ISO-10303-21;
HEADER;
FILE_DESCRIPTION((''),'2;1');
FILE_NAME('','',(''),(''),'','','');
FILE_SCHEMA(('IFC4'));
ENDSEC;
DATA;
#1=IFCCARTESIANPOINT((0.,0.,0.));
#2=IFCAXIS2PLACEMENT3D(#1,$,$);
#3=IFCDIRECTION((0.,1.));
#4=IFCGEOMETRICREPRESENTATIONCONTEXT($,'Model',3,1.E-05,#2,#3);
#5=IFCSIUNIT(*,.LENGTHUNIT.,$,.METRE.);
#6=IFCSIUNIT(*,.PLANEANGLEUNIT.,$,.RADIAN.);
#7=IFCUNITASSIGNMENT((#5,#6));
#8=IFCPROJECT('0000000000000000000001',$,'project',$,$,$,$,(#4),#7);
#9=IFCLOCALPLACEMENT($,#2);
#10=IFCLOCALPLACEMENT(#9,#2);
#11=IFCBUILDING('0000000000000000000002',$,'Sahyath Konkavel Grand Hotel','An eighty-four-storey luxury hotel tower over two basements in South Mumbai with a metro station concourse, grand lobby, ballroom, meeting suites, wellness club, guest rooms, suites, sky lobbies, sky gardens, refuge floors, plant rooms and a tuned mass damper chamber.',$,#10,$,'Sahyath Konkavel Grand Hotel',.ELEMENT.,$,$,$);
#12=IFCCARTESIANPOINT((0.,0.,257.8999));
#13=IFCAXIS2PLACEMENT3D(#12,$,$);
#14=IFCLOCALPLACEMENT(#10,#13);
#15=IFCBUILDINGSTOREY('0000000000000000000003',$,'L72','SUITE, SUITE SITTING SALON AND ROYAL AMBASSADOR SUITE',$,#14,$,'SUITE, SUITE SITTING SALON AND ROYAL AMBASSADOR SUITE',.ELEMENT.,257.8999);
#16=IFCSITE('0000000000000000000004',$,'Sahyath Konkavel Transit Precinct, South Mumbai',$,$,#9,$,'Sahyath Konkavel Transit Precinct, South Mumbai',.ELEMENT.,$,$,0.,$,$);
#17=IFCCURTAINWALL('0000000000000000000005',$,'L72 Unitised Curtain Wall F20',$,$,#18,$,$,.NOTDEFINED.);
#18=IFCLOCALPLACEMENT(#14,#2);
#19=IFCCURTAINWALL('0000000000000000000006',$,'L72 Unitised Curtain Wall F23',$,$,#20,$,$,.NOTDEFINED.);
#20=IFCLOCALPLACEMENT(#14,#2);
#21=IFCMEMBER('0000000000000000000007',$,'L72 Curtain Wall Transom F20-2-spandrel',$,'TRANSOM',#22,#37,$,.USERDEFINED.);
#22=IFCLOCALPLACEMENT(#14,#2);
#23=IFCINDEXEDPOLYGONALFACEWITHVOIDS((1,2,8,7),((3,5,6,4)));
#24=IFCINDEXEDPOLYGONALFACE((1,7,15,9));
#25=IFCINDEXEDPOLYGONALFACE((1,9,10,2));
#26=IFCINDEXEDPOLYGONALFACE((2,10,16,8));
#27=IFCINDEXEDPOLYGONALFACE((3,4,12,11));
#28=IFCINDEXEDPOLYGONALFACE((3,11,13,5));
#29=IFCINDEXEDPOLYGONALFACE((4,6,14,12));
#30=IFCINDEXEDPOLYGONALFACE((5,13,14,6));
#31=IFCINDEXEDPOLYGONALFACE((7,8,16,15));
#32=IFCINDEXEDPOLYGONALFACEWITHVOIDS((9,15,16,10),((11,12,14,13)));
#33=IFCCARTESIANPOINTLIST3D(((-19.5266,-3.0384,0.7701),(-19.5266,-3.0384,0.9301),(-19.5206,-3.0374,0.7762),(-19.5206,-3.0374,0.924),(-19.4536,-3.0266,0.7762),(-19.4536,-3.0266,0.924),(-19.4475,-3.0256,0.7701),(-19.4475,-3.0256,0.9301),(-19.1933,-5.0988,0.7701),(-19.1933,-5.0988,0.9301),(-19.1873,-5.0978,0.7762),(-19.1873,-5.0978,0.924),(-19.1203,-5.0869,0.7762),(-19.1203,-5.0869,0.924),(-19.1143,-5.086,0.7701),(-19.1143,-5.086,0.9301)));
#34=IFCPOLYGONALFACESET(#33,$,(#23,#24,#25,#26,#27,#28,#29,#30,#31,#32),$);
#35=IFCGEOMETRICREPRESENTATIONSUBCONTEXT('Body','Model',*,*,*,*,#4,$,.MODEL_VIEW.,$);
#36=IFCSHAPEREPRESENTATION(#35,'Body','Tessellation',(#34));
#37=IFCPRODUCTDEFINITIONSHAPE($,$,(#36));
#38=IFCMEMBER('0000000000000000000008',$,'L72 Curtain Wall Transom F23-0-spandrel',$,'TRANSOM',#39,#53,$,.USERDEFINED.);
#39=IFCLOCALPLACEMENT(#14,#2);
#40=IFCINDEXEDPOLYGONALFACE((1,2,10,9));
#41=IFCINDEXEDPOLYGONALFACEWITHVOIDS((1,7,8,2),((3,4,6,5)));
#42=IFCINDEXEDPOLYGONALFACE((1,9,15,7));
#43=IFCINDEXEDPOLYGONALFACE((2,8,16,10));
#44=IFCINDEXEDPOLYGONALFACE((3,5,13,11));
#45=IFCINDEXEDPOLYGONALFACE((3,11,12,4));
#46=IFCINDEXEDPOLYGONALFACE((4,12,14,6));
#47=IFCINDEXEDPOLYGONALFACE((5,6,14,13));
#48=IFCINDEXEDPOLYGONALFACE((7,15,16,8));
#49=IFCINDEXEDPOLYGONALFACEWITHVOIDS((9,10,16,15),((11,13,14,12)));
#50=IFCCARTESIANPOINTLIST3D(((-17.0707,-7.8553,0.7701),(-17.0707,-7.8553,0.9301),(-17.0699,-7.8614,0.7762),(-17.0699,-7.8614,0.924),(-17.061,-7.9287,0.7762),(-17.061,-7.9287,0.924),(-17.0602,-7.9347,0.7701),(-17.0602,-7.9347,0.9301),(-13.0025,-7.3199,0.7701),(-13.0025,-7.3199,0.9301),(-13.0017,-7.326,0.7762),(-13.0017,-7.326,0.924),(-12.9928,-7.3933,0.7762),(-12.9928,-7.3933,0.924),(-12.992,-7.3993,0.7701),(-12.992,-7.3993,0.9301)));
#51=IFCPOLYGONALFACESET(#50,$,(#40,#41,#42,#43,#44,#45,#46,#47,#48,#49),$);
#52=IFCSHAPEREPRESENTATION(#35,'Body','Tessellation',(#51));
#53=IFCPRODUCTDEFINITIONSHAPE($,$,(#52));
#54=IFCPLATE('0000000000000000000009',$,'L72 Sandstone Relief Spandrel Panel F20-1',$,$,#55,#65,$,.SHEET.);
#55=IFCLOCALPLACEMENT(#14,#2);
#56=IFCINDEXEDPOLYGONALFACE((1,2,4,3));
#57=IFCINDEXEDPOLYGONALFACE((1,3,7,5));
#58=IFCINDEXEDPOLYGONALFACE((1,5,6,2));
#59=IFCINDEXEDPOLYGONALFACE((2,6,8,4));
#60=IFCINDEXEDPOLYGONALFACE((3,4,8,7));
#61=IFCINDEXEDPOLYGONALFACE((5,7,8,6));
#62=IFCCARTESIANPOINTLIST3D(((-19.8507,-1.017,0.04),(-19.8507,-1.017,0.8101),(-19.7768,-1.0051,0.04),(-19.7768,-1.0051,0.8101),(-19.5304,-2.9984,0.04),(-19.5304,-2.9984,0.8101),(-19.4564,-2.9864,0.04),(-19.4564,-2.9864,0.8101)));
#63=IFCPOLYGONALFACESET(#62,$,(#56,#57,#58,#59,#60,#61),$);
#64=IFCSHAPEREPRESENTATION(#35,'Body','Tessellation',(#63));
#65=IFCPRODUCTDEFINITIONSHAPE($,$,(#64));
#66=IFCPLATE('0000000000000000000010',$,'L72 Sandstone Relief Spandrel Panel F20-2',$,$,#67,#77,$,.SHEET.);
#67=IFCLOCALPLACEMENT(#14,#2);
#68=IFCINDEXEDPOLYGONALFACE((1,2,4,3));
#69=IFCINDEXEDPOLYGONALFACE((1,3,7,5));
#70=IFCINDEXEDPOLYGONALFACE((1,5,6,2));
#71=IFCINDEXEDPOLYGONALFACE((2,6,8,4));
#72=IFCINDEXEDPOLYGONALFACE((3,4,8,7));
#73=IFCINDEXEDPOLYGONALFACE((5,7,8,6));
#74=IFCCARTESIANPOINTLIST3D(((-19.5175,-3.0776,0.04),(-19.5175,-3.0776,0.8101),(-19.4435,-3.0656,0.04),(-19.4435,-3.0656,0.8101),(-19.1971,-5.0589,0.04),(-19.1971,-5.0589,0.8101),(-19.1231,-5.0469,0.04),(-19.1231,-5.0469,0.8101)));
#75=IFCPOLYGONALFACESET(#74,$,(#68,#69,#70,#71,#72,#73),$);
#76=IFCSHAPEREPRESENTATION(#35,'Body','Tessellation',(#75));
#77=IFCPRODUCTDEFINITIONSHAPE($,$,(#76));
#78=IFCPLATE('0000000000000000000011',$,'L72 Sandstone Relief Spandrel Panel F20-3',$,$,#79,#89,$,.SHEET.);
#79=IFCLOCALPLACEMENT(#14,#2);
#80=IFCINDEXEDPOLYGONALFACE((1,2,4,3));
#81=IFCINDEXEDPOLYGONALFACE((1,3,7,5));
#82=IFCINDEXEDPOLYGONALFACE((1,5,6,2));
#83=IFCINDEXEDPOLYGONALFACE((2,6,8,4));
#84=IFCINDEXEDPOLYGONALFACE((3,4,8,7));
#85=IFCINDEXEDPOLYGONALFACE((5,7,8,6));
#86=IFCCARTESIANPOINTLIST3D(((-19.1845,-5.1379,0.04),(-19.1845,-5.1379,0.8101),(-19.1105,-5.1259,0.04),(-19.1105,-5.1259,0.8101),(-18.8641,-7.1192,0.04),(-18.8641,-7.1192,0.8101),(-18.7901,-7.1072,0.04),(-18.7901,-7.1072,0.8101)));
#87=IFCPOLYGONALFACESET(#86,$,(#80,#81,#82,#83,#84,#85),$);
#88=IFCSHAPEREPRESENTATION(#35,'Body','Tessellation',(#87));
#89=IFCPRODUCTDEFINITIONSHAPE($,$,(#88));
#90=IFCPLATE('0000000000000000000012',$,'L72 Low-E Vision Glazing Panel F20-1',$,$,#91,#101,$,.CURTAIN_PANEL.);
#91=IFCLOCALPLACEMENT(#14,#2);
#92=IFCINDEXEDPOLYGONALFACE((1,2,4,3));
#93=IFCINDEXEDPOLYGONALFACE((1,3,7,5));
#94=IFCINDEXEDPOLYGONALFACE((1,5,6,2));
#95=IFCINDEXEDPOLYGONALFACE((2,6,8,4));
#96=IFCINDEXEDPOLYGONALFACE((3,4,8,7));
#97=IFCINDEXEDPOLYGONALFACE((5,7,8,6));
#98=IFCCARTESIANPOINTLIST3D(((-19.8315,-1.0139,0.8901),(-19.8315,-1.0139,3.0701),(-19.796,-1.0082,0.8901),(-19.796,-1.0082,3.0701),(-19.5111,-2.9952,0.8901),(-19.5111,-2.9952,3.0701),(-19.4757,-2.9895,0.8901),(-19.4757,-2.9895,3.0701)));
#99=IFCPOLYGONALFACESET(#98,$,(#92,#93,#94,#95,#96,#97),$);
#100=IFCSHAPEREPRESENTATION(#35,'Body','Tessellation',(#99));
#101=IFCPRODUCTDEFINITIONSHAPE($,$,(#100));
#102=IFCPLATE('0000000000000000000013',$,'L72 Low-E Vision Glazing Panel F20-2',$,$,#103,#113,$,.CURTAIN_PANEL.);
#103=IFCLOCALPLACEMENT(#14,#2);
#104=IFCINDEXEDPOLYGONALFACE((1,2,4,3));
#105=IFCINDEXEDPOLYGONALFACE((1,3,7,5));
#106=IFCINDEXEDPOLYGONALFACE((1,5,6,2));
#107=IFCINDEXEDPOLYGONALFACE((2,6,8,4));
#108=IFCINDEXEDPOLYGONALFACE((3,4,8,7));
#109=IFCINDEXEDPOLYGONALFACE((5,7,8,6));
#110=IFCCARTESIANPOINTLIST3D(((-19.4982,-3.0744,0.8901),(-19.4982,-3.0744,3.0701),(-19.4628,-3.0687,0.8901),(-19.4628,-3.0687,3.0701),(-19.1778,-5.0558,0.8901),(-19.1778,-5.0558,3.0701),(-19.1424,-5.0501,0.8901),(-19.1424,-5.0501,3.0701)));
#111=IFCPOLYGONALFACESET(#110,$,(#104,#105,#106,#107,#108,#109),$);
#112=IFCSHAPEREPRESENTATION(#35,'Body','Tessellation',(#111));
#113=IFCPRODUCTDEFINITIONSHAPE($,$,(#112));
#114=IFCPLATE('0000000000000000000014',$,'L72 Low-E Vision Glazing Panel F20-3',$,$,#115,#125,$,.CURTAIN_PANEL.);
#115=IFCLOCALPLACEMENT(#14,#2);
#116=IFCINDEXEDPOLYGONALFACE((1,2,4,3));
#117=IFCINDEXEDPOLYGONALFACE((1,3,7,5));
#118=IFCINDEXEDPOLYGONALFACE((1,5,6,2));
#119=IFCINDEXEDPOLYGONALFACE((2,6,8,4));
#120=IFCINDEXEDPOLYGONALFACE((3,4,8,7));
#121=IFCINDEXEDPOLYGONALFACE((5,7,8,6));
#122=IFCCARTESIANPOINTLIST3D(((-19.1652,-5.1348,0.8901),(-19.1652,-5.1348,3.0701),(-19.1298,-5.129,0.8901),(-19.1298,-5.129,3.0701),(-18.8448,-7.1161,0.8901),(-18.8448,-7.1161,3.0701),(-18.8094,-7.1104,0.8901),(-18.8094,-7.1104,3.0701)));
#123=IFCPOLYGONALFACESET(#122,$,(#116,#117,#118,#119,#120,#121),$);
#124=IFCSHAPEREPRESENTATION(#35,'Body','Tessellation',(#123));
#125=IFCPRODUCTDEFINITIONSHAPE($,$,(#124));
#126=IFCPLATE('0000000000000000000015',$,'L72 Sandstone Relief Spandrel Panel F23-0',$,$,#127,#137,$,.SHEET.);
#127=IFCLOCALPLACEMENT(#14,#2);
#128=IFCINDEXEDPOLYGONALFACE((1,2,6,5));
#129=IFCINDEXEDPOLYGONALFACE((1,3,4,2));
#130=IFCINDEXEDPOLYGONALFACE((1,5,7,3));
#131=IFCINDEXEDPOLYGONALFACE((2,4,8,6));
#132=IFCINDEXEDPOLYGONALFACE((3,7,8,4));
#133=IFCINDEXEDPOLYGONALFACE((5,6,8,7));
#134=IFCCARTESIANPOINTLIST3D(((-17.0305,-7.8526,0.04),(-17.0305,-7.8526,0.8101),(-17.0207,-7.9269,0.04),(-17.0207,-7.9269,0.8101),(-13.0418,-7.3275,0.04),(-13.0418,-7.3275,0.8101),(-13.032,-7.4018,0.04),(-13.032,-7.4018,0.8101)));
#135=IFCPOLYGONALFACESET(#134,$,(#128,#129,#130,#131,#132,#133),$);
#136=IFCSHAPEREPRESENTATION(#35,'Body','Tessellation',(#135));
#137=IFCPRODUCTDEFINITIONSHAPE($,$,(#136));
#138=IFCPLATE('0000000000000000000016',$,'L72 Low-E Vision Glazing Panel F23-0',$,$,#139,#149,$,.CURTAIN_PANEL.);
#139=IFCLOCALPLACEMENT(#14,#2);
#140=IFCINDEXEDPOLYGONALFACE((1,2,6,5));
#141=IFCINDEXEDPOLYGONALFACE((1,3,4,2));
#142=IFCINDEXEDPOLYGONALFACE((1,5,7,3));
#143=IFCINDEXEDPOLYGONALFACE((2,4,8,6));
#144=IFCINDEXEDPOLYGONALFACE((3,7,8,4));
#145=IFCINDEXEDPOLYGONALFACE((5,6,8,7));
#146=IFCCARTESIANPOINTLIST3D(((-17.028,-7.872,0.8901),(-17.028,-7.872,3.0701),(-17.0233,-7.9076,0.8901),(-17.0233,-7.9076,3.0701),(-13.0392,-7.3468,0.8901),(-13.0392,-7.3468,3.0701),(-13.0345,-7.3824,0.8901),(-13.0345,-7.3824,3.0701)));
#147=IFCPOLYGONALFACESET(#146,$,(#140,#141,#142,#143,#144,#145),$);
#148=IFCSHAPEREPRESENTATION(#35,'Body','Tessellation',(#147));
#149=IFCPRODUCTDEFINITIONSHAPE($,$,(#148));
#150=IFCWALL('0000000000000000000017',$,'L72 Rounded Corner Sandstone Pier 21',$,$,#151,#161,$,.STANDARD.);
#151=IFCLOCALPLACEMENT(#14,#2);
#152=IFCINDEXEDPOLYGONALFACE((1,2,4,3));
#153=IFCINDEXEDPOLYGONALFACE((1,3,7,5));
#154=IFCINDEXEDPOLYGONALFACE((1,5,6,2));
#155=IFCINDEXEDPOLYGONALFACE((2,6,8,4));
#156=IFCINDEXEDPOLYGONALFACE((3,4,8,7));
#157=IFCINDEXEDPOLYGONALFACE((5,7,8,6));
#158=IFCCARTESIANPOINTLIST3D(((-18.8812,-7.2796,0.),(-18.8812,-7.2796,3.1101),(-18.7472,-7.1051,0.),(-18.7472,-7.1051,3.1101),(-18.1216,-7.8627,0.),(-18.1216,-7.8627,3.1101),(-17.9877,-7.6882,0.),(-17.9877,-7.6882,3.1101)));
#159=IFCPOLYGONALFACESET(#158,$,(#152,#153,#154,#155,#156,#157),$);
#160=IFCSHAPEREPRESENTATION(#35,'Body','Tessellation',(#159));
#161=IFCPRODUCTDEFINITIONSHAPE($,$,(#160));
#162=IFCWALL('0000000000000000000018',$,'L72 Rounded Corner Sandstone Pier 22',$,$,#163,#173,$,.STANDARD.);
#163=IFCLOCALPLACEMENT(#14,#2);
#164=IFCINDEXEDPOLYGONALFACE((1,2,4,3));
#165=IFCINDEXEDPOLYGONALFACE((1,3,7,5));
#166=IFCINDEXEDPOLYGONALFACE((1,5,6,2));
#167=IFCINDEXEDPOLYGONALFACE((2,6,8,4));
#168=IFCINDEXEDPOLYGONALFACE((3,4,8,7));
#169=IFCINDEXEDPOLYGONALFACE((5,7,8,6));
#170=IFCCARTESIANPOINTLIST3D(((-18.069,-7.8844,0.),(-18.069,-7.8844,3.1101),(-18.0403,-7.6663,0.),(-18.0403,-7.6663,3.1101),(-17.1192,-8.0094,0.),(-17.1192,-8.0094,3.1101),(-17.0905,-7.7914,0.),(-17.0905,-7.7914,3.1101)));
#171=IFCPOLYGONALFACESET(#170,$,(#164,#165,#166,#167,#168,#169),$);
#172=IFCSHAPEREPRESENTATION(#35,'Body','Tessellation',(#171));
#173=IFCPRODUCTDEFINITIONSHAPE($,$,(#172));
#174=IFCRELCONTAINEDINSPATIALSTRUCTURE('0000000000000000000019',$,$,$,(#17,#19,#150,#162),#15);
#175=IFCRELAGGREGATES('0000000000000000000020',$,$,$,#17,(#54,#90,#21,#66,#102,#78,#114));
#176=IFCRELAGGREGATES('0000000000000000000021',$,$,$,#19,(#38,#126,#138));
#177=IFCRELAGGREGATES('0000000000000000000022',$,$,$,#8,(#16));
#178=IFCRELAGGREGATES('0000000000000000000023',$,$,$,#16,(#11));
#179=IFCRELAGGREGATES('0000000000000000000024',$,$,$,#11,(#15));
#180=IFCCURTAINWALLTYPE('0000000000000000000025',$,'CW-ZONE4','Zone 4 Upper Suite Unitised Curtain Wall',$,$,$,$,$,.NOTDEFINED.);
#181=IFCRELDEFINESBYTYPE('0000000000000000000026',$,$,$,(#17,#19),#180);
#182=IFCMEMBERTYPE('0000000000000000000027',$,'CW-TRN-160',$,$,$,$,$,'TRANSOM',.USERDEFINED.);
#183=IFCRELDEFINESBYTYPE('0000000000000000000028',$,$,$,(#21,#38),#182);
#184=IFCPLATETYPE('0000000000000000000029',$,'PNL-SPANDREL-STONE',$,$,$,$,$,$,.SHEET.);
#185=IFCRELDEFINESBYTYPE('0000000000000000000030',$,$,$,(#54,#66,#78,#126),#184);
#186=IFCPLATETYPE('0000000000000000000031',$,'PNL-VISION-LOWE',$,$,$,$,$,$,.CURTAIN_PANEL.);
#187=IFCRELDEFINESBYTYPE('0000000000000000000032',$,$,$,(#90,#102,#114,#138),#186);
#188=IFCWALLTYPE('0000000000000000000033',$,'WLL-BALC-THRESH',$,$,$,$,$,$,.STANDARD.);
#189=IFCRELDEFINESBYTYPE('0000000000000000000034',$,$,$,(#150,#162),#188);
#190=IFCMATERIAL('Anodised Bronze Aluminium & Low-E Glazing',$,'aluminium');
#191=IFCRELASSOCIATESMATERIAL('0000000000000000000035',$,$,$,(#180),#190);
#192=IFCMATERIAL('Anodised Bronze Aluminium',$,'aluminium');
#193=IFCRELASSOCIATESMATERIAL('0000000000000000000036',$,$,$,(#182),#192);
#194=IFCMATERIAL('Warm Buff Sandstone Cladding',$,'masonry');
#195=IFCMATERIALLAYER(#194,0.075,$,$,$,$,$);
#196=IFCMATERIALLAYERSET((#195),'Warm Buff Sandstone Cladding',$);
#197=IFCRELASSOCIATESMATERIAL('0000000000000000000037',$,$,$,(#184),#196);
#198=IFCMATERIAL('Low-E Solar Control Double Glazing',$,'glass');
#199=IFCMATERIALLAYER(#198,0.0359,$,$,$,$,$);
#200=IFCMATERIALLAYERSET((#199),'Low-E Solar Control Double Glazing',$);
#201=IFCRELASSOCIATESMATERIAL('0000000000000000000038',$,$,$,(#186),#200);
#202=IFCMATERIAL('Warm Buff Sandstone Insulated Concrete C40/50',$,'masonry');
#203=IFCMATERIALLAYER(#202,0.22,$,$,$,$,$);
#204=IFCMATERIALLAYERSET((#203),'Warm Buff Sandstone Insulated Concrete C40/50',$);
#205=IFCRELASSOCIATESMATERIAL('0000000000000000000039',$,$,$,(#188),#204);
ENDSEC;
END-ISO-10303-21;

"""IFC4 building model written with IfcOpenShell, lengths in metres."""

from ifc_helpers import new_model, si_unit, direction, frame, frame_2d, origin, origin_2d, place, context, subcontext, project, spatial, rectangle, hollow_rectangle, extrude, source, transform, mapped, material, layer, layer_set, material_profile, profile_set, type_object, element, aggregate, save


model = new_model("IFC4")

# Units and contexts
model_context = context("Model", 3, precision=1e-05, world=origin(), true_north=direction((0.0, 1.0)))
body_context = subcontext(model_context, "Body", "Model", "MODEL_VIEW")
ifc_project = project(units=[si_unit("LENGTHUNIT", "METRE"), si_unit("PLANEANGLEUNIT", "RADIAN")], contexts=[model_context])

# Site, building, storey
site_placement = place(None, origin())
site = spatial("IfcSite", under=ifc_project, at=site_placement, Name="Sahyath Konkavel Transit Precinct, South Mumbai", LongName="Sahyath Konkavel Transit Precinct, South Mumbai", CompositionType="ELEMENT", RefElevation=0.0)
building_placement = place(site_placement, origin())
building = spatial("IfcBuilding", under=site, at=building_placement, Name="Sahyath Konkavel Grand Hotel", Description="An eighty-four-storey luxury hotel tower over two basements in South Mumbai with a metro station concourse, grand lobby, ballroom, meeting suites, wellness club, guest rooms, suites, sky lobbies, sky gardens, refuge floors, plant rooms and a tuned mass damper chamber.", LongName="Sahyath Konkavel Grand Hotel", CompositionType="ELEMENT")
storey_placement = place(building_placement, frame((0.0, 0.0, 257.8999)))
storey = spatial("IfcBuildingStorey", under=building, at=storey_placement, Name="L72", Description="SUITE, SUITE SITTING SALON AND ROYAL AMBASSADOR SUITE", LongName="SUITE, SUITE SITTING SALON AND ROYAL AMBASSADOR SUITE", CompositionType="ELEMENT", Elevation=257.8999)

# Curtain wall
ifc_material_1 = material(Name="Anodised Bronze Aluminium & Low-E Glazing", Category="aluminium")
curtain_wall_type = type_object("IfcCurtainWallType", Name="CW-ZONE4", Description="Zone 4 Upper Suite Unitised Curtain Wall", PredefinedType="NOTDEFINED", material=ifc_material_1)
curtain_wall_1_placement = place(storey_placement, origin())
curtain_wall_1 = element("IfcCurtainWall", 1, at=curtain_wall_1_placement, inside=storey, type_object=curtain_wall_type, Name="L72 Unitised Curtain Wall F20", PredefinedType="NOTDEFINED")
ifc_material_2 = material(Name="Anodised Bronze Aluminium", Category="aluminium")

# Curtain wall
curtain_wall_2_placement = place(storey_placement, origin())
curtain_wall_2 = element("IfcCurtainWall", 2, at=curtain_wall_2_placement, inside=storey, type_object=curtain_wall_type, Name="L72 Unitised Curtain Wall F23", PredefinedType="NOTDEFINED")

# Members
ifc_material_profile_1 = material_profile(ifc_material_2, hollow_rectangle(XDim=0.0801, YDim=0.1599, WallThickness=0.0061, at=origin_2d()), Name="RHS 160x80x6")
ifc_profile_set_1 = profile_set([ifc_material_profile_1], Name="Anodised Bronze Aluminium")
member_type_1 = type_object("IfcMemberType", Name="CW-TRN-160", ElementType="TRANSOM", PredefinedType="USERDEFINED", material=ifc_profile_set_1)
shared_shape_1 = source(origin(), body_context, "Body", "SweptSolid", [
    extrude(hollow_rectangle(XDim=0.0801, YDim=0.1599, WallThickness=0.0061, at=origin_2d()), origin(), (0.0, 0.0, 1.0), 2.0872),
])
member_1_placement = place(storey_placement, frame((-19.4871, -3.032, 0.8501), z_axis=(0.159674, -0.98717, 0.0), x_axis=(0.98717, 0.159674, 0.0)))
member_1 = element("IfcMember", 3, at=member_1_placement, type_object=member_type_1, Name="L72 Curtain Wall Transom F20-2-spandrel", ObjectType="TRANSOM", PredefinedType="USERDEFINED", context=body_context, shape_type="MappedRepresentation", body=[
    mapped(shared_shape_1, transform((0.0, 0.0, 0.0), scale=1.0)),
])
shared_shape_2 = source(origin(), body_context, "Body", "SweptSolid", [
    extrude(hollow_rectangle(XDim=0.0801, YDim=0.1599, WallThickness=0.0061, at=origin_2d()), origin(), (0.0, 0.0, 1.0), 4.1033),
])
member_2_placement = place(storey_placement, frame((-17.0654, -7.895, 0.8501), z_axis=(0.99145, 0.130484, 0.0), x_axis=(-0.130484, 0.99145, 0.0)))
member_2 = element("IfcMember", 4, at=member_2_placement, type_object=member_type_1, Name="L72 Curtain Wall Transom F23-0-spandrel", ObjectType="TRANSOM", PredefinedType="USERDEFINED", context=body_context, shape_type="MappedRepresentation", body=[
    mapped(shared_shape_2, transform((0.0, 0.0, 0.0), scale=1.0)),
])

# Plates
ifc_material_3 = material(Name="Warm Buff Sandstone Cladding", Category="masonry")
ifc_layer_1 = layer(ifc_material_3, 0.075)
ifc_layer_set_1 = layer_set([ifc_layer_1], Name="Warm Buff Sandstone Cladding")
plate_type_1 = type_object("IfcPlateType", Name="PNL-SPANDREL-STONE", PredefinedType="SHEET", material=ifc_layer_set_1)
shared_shape_3 = source(origin(), body_context, "Body", "SweptSolid", [
    extrude(rectangle(XDim=2.0071, YDim=0.075, at=origin_2d()), origin(), (0.0, 0.0, 1.0), 0.77),
])
plate_1_placement = place(storey_placement, frame((-19.6536, -2.0017, 0.04), z_axis=(0.0, 0.0, 1.0), x_axis=(0.159623, -0.987178, 0.0)))
plate_1 = element("IfcPlate", 5, at=plate_1_placement, type_object=plate_type_1, Name="L72 Sandstone Relief Spandrel Panel F20-1", PredefinedType="SHEET", context=body_context, shape_type="MappedRepresentation", body=[
    mapped(shared_shape_3, transform((0.0, 0.0, 0.0), scale=1.0)),
])
plate_2_placement = place(storey_placement, frame((-19.3203, -4.0623, 0.04), z_axis=(0.0, 0.0, 1.0), x_axis=(0.159623, -0.987178, 0.0)))
plate_2 = element("IfcPlate", 6, at=plate_2_placement, type_object=plate_type_1, Name="L72 Sandstone Relief Spandrel Panel F20-2", PredefinedType="SHEET", context=body_context, shape_type="MappedRepresentation", body=[
    mapped(shared_shape_3, transform((0.0, 0.0, 0.0), scale=1.0)),
])
plate_3_placement = place(storey_placement, frame((-18.9873, -6.1226, 0.04), z_axis=(0.0, 0.0, 1.0), x_axis=(0.159623, -0.987178, 0.0)))
plate_3 = element("IfcPlate", 7, at=plate_3_placement, type_object=plate_type_1, Name="L72 Sandstone Relief Spandrel Panel F20-3", PredefinedType="SHEET", context=body_context, shape_type="MappedRepresentation", body=[
    mapped(shared_shape_3, transform((0.0, 0.0, 0.0), scale=1.0)),
])
ifc_material_4 = material(Name="Low-E Solar Control Double Glazing", Category="glass")
ifc_layer_2 = layer(ifc_material_4, 0.0359)
ifc_layer_set_2 = layer_set([ifc_layer_2], Name="Low-E Solar Control Double Glazing")
plate_type_2 = type_object("IfcPlateType", Name="PNL-VISION-LOWE", PredefinedType="CURTAIN_PANEL", material=ifc_layer_set_2)
shared_shape_4 = source(origin(), body_context, "Body", "SweptSolid", [
    extrude(rectangle(XDim=2.0071, YDim=0.0359, at=origin_2d()), origin(), (0.0, 0.0, 1.0), 2.1799),
])
plate_4_placement = place(storey_placement, frame((-19.6536, -2.0017, 0.8901), z_axis=(0.0, 0.0, 1.0), x_axis=(0.159623, -0.987178, 0.0)))
plate_4 = element("IfcPlate", 8, at=plate_4_placement, type_object=plate_type_2, Name="L72 Low-E Vision Glazing Panel F20-1", PredefinedType="CURTAIN_PANEL", context=body_context, shape_type="MappedRepresentation", body=[
    mapped(shared_shape_4, transform((0.0, 0.0, 0.0), scale=1.0)),
])
plate_5_placement = place(storey_placement, frame((-19.3203, -4.0623, 0.8901), z_axis=(0.0, 0.0, 1.0), x_axis=(0.159623, -0.987178, 0.0)))
plate_5 = element("IfcPlate", 9, at=plate_5_placement, type_object=plate_type_2, Name="L72 Low-E Vision Glazing Panel F20-2", PredefinedType="CURTAIN_PANEL", context=body_context, shape_type="MappedRepresentation", body=[
    mapped(shared_shape_4, transform((0.0, 0.0, 0.0), scale=1.0)),
])
plate_6_placement = place(storey_placement, frame((-18.9873, -6.1226, 0.8901), z_axis=(0.0, 0.0, 1.0), x_axis=(0.159623, -0.987178, 0.0)))
plate_6 = element("IfcPlate", 10, at=plate_6_placement, type_object=plate_type_2, Name="L72 Low-E Vision Glazing Panel F20-3", PredefinedType="CURTAIN_PANEL", context=body_context, shape_type="MappedRepresentation", body=[
    mapped(shared_shape_4, transform((0.0, 0.0, 0.0), scale=1.0)),
])
aggregate(curtain_wall_1, [plate_1, plate_4, member_1, plate_2, plate_5, plate_3, plate_6])
shared_shape_5 = source(origin(), body_context, "Body", "SweptSolid", [
    extrude(rectangle(XDim=4.0232, YDim=0.075, at=origin_2d()), origin(), (0.0, 0.0, 1.0), 0.77),
])
plate_7_placement = place(storey_placement, frame((-15.0312, -7.6272, 0.04), z_axis=(0.0, 0.0, 1.0), x_axis=(0.991445, 0.130526, 0.0)))
plate_7 = element("IfcPlate", 11, at=plate_7_placement, type_object=plate_type_1, Name="L72 Sandstone Relief Spandrel Panel F23-0", PredefinedType="SHEET", context=body_context, shape_type="MappedRepresentation", body=[
    mapped(shared_shape_5, transform((0.0, 0.0, 0.0), scale=1.0)),
])
shared_shape_6 = source(origin(), body_context, "Body", "SweptSolid", [
    extrude(rectangle(XDim=4.0232, YDim=0.0359, at=origin_2d()), origin(), (0.0, 0.0, 1.0), 2.1799),
])
plate_8_placement = place(storey_placement, frame((-15.0312, -7.6272, 0.8901), z_axis=(0.0, 0.0, 1.0), x_axis=(0.991445, 0.130526, 0.0)))
plate_8 = element("IfcPlate", 12, at=plate_8_placement, type_object=plate_type_2, Name="L72 Low-E Vision Glazing Panel F23-0", PredefinedType="CURTAIN_PANEL", context=body_context, shape_type="MappedRepresentation", body=[
    mapped(shared_shape_6, transform((0.0, 0.0, 0.0), scale=1.0)),
])
aggregate(curtain_wall_2, [member_2, plate_7, plate_8])

# Walls
ifc_material_5 = material(Name="Warm Buff Sandstone Insulated Concrete C40/50", Category="masonry")
ifc_layer_3 = layer(ifc_material_5, 0.22)
ifc_layer_set_3 = layer_set([ifc_layer_3], Name="Warm Buff Sandstone Insulated Concrete C40/50")
wall_type_1 = type_object("IfcWallType", Name="WLL-BALC-THRESH", PredefinedType="STANDARD", material=ifc_layer_set_3)
wall_1_placement = place(storey_placement, frame((-18.8142, -7.1924, 0.0), z_axis=(0.0, 0.0, 1.0), x_axis=(0.793249, -0.608897, 0.0)))
element("IfcWall", 13, at=wall_1_placement, inside=storey, type_object=wall_type_1, Name="L72 Rounded Corner Sandstone Pier 21", PredefinedType="STANDARD", context=body_context, shape_type="SweptSolid", body=[
    extrude(rectangle(XDim=0.9575, YDim=0.22, at=frame_2d((0.4788, 0.0))), origin(), (0.0, 0.0, 1.0), 3.1101),
])
wall_2_placement = place(storey_placement, frame((-18.0547, -7.7754, 0.0), z_axis=(0.0, 0.0, 1.0), x_axis=(0.991449, -0.130494, 0.0)))
element("IfcWall", 14, at=wall_2_placement, inside=storey, type_object=wall_type_1, Name="L72 Rounded Corner Sandstone Pier 22", PredefinedType="STANDARD", context=body_context, shape_type="SweptSolid", body=[
    extrude(rectangle(XDim=0.958, YDim=0.22, at=frame_2d((0.479, 0.0))), origin(), (0.0, 0.0, 1.0), 3.1101),
])

save(model, "model.ifc")
